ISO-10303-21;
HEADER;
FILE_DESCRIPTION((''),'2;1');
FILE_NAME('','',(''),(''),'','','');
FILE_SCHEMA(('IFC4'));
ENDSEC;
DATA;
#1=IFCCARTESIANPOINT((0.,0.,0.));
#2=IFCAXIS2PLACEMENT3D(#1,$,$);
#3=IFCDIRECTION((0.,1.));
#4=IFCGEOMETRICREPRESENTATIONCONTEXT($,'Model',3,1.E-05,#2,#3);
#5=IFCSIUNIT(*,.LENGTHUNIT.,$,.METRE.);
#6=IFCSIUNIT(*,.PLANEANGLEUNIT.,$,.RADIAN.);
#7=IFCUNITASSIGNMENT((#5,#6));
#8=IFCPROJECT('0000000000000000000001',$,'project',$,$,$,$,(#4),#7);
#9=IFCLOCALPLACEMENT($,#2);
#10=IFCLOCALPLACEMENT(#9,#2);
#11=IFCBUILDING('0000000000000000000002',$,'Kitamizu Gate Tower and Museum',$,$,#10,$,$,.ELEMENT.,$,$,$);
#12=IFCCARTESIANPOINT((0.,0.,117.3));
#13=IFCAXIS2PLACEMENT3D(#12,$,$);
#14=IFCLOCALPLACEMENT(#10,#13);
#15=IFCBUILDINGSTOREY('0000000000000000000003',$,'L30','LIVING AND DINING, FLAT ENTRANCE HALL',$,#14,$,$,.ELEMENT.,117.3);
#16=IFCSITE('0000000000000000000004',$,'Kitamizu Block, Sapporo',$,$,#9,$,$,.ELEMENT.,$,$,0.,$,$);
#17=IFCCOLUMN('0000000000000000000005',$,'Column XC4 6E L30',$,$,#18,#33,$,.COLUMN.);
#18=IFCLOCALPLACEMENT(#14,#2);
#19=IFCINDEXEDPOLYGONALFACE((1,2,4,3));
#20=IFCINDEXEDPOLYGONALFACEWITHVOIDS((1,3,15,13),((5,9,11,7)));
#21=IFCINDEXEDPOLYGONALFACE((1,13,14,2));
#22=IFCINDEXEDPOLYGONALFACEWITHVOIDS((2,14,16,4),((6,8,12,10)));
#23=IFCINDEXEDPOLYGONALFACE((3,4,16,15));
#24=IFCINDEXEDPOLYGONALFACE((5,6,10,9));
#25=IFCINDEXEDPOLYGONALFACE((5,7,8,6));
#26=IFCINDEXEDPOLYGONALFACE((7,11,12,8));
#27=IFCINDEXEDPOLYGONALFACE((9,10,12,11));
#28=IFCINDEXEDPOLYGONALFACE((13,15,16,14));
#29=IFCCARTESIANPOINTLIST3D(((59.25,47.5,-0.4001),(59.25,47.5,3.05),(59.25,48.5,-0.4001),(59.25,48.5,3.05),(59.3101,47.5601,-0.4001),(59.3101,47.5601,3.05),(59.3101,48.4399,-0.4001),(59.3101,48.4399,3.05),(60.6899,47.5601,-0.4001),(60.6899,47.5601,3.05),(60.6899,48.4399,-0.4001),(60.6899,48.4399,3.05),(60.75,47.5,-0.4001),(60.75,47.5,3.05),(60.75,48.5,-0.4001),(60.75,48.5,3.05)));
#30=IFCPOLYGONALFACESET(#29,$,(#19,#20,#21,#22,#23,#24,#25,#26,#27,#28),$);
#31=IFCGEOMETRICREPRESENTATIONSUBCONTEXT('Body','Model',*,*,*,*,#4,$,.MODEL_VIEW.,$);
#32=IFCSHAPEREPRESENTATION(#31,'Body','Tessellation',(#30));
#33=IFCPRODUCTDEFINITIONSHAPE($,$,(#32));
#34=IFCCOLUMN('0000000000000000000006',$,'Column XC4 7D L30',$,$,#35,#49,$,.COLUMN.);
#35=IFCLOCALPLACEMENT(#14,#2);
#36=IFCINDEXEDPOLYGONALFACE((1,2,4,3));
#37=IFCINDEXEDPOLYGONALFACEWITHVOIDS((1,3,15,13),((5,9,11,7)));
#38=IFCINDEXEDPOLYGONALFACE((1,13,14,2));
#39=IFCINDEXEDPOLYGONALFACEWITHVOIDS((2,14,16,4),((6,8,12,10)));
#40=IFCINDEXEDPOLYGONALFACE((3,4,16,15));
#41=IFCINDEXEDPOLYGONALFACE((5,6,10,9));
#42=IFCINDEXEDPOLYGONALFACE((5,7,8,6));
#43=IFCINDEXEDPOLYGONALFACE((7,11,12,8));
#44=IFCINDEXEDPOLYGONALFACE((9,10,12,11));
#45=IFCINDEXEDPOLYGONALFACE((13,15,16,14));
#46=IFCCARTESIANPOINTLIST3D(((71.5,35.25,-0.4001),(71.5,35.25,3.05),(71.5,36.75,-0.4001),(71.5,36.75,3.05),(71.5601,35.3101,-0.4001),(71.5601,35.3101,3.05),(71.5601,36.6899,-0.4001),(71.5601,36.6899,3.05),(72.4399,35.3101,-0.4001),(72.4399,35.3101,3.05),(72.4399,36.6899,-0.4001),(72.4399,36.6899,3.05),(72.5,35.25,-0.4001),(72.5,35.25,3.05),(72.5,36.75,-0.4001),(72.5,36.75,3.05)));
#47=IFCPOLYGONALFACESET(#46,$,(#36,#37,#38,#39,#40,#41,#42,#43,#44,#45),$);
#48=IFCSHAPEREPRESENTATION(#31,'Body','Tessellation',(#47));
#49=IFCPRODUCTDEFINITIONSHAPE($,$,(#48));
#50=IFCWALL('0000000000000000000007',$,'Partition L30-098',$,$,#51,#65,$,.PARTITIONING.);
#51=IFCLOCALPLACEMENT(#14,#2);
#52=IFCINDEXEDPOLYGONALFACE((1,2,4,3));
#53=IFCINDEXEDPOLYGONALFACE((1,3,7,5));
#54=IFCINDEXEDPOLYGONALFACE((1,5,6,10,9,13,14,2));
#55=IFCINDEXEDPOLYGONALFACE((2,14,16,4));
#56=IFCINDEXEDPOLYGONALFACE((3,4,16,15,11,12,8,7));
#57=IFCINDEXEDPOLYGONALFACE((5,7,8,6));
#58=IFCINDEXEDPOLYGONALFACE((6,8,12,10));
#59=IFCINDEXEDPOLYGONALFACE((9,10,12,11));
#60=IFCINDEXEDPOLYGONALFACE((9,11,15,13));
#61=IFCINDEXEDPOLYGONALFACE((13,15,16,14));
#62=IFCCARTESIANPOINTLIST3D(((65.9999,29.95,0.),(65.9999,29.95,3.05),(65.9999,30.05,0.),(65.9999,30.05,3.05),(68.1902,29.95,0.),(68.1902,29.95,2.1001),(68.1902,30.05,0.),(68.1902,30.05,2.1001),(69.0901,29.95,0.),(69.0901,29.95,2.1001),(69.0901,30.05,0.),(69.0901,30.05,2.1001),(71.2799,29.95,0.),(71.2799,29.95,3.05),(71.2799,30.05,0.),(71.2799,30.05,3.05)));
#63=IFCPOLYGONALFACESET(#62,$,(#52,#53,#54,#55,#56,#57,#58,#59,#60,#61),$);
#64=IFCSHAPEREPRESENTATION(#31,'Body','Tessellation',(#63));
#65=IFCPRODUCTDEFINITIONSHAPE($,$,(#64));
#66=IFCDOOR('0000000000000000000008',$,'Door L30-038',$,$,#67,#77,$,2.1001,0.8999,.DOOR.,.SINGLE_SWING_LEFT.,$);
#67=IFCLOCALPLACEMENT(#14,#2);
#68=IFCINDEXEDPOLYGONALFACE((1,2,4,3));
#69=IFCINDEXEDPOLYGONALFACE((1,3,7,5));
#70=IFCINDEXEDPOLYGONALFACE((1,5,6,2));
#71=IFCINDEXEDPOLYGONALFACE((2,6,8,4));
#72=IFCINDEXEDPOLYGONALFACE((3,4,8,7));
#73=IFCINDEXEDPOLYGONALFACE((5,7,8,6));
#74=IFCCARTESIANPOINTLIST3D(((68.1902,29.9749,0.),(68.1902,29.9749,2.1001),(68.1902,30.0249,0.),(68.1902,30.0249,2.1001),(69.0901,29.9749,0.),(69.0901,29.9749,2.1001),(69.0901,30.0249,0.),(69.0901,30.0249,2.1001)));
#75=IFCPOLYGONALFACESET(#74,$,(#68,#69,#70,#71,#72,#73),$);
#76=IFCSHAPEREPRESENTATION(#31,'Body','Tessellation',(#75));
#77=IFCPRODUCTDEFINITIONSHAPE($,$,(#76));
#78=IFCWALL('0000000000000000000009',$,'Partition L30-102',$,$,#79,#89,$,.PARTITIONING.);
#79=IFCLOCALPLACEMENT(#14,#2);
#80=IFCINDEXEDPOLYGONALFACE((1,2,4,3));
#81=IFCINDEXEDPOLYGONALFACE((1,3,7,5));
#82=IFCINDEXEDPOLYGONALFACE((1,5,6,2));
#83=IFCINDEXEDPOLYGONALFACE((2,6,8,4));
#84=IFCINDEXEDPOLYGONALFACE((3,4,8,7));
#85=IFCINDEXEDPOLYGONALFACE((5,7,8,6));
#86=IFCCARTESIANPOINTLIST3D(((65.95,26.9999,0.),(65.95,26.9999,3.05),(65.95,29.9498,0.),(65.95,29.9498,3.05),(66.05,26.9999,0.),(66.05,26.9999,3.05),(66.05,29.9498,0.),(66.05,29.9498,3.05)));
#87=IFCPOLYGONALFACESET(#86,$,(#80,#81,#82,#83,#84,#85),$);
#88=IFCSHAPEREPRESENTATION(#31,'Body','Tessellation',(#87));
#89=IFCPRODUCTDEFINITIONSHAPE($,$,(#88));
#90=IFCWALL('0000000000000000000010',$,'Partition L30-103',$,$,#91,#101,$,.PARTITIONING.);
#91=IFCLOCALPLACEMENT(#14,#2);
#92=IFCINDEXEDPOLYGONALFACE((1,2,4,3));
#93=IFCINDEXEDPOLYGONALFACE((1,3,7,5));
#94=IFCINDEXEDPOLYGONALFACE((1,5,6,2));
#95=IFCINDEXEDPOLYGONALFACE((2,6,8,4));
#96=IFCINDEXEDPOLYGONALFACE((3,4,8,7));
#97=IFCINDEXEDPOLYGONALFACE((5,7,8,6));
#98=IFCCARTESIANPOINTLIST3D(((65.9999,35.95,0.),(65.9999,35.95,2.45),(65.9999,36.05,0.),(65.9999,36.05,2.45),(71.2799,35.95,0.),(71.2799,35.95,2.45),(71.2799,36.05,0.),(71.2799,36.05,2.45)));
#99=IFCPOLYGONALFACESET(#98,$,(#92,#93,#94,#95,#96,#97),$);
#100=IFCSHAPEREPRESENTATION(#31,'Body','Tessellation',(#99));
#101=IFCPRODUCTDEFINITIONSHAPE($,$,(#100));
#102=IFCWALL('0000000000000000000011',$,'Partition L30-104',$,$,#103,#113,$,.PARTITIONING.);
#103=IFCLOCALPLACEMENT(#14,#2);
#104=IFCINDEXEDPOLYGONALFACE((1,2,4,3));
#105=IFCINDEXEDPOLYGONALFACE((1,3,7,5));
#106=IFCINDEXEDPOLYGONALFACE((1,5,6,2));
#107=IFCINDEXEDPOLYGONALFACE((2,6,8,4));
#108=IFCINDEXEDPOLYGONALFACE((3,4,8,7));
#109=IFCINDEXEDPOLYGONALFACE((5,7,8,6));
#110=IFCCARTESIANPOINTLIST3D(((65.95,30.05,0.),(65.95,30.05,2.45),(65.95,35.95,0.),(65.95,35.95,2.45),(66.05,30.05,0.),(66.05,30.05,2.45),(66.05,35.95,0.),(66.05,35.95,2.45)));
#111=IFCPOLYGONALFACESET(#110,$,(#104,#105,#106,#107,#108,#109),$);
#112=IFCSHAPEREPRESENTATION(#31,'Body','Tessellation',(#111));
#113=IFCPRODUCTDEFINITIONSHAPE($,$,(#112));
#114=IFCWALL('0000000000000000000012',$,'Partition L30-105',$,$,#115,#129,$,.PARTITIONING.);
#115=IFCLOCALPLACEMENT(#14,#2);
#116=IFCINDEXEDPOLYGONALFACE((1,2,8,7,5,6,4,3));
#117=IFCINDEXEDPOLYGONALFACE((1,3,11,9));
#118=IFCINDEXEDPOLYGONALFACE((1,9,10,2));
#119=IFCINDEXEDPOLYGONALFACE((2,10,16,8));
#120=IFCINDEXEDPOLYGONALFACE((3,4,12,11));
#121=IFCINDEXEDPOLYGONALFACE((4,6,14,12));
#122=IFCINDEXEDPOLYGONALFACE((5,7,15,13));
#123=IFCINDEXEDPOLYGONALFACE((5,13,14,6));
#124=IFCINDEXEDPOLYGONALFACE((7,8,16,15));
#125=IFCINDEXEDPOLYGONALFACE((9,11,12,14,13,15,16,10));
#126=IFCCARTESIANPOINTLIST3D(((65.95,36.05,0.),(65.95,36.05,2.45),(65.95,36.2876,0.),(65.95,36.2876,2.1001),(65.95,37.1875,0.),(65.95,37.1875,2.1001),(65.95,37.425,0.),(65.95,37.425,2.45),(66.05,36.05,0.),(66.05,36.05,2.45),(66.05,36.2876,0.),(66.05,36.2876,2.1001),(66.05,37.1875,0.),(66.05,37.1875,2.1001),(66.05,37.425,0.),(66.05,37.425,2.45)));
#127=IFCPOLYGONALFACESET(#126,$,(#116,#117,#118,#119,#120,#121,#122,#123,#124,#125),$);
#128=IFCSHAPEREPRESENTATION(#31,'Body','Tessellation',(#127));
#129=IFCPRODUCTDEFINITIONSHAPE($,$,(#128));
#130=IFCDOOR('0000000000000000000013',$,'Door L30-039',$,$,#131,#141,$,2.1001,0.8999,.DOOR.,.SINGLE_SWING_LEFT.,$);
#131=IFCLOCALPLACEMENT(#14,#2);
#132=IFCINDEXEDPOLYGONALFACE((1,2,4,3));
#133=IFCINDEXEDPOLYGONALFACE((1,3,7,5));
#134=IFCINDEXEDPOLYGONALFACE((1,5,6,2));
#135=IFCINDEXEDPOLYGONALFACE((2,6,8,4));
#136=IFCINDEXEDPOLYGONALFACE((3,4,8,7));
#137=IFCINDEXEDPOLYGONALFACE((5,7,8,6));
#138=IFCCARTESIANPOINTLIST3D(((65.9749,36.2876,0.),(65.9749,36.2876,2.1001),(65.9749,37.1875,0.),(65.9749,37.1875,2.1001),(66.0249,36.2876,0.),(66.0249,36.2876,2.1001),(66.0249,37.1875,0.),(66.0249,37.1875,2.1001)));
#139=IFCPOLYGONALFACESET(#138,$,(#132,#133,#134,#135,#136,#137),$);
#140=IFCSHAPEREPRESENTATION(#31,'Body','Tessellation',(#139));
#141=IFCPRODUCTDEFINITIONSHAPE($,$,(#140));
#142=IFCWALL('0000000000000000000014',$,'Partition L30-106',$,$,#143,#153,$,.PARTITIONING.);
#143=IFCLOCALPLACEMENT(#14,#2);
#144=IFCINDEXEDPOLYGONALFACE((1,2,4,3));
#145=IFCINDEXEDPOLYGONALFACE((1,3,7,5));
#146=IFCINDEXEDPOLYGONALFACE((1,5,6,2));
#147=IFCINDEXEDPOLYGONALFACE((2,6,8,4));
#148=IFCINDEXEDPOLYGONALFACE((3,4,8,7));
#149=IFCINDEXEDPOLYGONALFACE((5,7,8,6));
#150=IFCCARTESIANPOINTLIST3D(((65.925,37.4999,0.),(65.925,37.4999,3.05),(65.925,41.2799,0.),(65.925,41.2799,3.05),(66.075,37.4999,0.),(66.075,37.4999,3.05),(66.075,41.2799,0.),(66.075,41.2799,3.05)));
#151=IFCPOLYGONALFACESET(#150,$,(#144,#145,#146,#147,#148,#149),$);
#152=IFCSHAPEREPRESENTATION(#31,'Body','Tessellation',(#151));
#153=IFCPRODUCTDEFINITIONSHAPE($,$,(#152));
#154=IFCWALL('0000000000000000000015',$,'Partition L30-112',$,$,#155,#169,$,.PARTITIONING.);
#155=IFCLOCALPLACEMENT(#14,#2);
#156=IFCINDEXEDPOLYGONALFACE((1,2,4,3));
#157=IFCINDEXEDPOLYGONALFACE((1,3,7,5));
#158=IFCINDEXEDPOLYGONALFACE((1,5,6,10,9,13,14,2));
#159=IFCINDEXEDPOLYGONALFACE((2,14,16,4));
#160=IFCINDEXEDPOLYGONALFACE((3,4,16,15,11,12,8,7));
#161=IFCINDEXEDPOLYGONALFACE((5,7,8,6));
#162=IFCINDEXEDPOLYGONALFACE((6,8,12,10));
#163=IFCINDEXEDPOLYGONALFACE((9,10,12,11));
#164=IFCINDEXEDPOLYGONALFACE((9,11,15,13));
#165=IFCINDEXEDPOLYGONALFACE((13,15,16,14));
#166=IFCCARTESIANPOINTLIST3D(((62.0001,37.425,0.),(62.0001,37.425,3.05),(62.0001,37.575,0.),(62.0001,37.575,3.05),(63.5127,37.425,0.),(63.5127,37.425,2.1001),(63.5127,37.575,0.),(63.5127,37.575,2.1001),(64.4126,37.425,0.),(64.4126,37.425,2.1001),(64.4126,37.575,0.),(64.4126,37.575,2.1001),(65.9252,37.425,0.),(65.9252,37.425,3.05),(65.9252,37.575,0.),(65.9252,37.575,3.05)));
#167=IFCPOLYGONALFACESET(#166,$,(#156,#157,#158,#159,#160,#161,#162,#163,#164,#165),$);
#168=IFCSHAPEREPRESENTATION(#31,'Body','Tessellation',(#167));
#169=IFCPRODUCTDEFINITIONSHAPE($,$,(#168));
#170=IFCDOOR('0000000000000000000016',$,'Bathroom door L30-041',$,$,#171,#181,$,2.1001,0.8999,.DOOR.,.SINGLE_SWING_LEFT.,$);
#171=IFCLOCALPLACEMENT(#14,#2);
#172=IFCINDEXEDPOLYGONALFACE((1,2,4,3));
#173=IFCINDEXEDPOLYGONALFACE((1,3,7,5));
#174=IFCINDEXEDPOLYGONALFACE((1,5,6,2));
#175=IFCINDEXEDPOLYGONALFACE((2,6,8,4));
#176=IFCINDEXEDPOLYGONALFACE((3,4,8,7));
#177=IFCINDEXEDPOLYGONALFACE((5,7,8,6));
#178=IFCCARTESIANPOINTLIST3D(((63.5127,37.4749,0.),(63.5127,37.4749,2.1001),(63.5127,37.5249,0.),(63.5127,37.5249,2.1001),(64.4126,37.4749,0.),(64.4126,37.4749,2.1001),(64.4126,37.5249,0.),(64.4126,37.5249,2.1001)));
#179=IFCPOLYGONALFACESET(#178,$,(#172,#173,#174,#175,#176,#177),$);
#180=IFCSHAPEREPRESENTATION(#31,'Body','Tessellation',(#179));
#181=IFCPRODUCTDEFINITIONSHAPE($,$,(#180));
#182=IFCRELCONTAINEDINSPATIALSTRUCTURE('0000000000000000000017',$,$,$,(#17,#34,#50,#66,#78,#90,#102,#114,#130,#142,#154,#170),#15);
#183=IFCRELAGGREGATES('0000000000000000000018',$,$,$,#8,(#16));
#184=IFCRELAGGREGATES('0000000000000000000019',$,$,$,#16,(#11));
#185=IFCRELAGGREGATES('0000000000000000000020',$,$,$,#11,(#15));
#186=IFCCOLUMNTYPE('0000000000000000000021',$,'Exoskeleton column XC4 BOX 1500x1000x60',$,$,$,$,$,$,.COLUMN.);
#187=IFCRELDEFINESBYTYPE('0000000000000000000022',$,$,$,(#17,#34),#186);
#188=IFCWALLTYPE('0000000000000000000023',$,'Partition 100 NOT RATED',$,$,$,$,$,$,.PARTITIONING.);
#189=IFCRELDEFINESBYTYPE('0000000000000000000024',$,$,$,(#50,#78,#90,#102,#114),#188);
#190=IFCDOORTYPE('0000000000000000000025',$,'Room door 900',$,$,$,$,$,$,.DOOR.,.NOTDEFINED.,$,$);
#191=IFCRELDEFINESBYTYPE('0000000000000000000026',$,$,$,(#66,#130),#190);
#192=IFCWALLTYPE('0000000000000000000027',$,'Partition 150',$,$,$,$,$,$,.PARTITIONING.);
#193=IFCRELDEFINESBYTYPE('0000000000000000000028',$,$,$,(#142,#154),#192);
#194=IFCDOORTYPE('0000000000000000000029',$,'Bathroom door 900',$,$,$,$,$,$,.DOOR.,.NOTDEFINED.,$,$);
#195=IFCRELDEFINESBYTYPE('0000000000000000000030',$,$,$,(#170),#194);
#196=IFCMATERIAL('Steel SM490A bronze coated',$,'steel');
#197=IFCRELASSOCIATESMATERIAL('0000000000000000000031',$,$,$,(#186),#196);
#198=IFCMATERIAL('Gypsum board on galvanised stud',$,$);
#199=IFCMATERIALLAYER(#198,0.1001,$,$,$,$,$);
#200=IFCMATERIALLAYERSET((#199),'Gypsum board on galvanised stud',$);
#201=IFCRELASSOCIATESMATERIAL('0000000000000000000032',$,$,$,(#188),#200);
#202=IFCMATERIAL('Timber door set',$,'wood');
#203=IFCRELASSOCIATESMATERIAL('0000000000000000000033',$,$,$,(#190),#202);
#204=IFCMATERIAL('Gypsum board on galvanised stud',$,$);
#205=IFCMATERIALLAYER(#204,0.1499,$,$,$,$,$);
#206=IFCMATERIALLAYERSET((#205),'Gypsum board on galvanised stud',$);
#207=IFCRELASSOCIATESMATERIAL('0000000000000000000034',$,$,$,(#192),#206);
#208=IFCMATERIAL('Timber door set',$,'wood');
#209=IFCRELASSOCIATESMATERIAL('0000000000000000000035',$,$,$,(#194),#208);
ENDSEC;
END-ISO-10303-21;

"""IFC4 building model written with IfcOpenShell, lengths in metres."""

from ifc_helpers import new_model, si_unit, direction, frame, frame_2d, origin, origin_2d, place, context, subcontext, project, spatial, rectangle, hollow_rectangle, extrude, material, layer, layer_set, material_profile, profile_set, type_object, element, fill, save


model = new_model("IFC4")

# Units and contexts
model_context = context("Model", 3, precision=1e-05, world=origin(), true_north=direction((0.0, 1.0)))
body_context = subcontext(model_context, "Body", "Model", "MODEL_VIEW")
ifc_project = project(units=[si_unit("LENGTHUNIT", "METRE"), si_unit("PLANEANGLEUNIT", "RADIAN")], contexts=[model_context])

# Site, building, storey
site_placement = place(None, origin())
site = spatial("IfcSite", under=ifc_project, at=site_placement, Name="Kitamizu Block, Sapporo", CompositionType="ELEMENT", RefElevation=0.0)
building_placement = place(site_placement, origin())
building = spatial("IfcBuilding", under=site, at=building_placement, Name="Kitamizu Gate Tower and Museum", CompositionType="ELEMENT")
storey_placement = place(building_placement, frame((0.0, 0.0, 117.3)))
storey = spatial("IfcBuildingStorey", under=building, at=storey_placement, Name="L30", Description="LIVING AND DINING, FLAT ENTRANCE HALL", CompositionType="ELEMENT", Elevation=117.3)

# Columns
ifc_material_1 = material(Name="Steel SM490A bronze coated", Category="steel")
ifc_material_profile = material_profile(ifc_material_1, hollow_rectangle(XDim=1.5, YDim=1.0, WallThickness=0.0601, at=origin_2d()), Name="BOX 1500x1000x60")
ifc_profile_set = profile_set([ifc_material_profile], Name="Steel SM490A bronze coated")
column_type = type_object("IfcColumnType", Name="Exoskeleton column XC4 BOX 1500x1000x60", PredefinedType="COLUMN", material=ifc_profile_set)
for number, where, z_axis, x_axis, name in (
    (1, (60.0, 48.0, -0.4001), (0.0, 0.0, 1.0), (1.0, 0.0, 0.0), "Column XC4 6E L30"),
    (2, (72.0, 36.0, -0.4001), (0.0, 0.0, 1.0), (0.0, 1.0, 0.0), "Column XC4 7D L30"),
):
    element("IfcColumn", number, at=place(storey_placement, frame(where, z_axis=z_axis, x_axis=x_axis)), inside=storey, type_object=column_type, Name=name, PredefinedType="COLUMN", context=body_context, shape_type="SweptSolid", body=[
        extrude(hollow_rectangle(XDim=1.5, YDim=1.0, WallThickness=0.0601, at=origin_2d()), origin(), (0.0, 0.0, 1.0), 3.4502),
    ])

# Wall, opening, door
ifc_material_2 = material(Name="Gypsum board on galvanised stud")
ifc_layer_1 = layer(ifc_material_2, 0.1001)
ifc_layer_set_1 = layer_set([ifc_layer_1], Name="Gypsum board on galvanised stud")
wall_type_1 = type_object("IfcWallType", Name="Partition 100 NOT RATED", PredefinedType="PARTITIONING", material=ifc_layer_set_1)
wall_1_placement = place(storey_placement, frame((71.28, 30.0, 0.0), z_axis=(0.0, 0.0, 1.0), x_axis=(-1.0, 0.0, 0.0)))
wall_1 = element("IfcWall", 3, at=wall_1_placement, inside=storey, type_object=wall_type_1, Name="Partition L30-098", PredefinedType="PARTITIONING", context=body_context, shape_type="SweptSolid", body=[
    extrude(rectangle(XDim=5.28, YDim=0.1001, at=frame_2d((2.6401, 0.0))), origin(), (0.0, 0.0, 1.0), 3.05),
])
opening_1_placement = place(wall_1_placement, frame((2.1899, 0.0, 0.0)))
opening_1 = element("IfcOpeningElement", 4, at=opening_1_placement, cuts=wall_1, PredefinedType="OPENING", context=body_context, shape_type="SweptSolid", body=[
    extrude(rectangle(XDim=0.8999, YDim=2.1001, at=frame_2d((0.45, 1.05))), frame((0.0, 0.0601, 0.0), z_axis=(0.0, -1.0, 0.0), x_axis=(1.0, 0.0, 0.0)), (0.0, 0.0, 1.0), 0.1201),
])
ifc_material_3 = material(Name="Timber door set", Category="wood")
door_type_1 = type_object("IfcDoorType", Name="Room door 900", OperationType="NOTDEFINED", PredefinedType="DOOR", material=ifc_material_3)
door_1_placement = place(opening_1_placement, frame((0.8999, 0.0, 0.0), x_axis=(-1.0, 0.0, 0.0)))
door_1 = element("IfcDoor", 5, at=door_1_placement, inside=storey, type_object=door_type_1, Name="Door L30-038", OperationType="SINGLE_SWING_LEFT", OverallHeight=2.1001, OverallWidth=0.8999, PredefinedType="DOOR", context=body_context, shape_type="SweptSolid", body=[
    extrude(rectangle(XDim=0.8999, YDim=2.1001, at=frame_2d((0.45, 1.05))), frame((0.0, 0.0249, 0.0), z_axis=(0.0, -1.0, 0.0), x_axis=(1.0, 0.0, 0.0)), (0.0, 0.0, 1.0), 0.05),
])
fill(opening_1, door_1)

# Walls
wall_2_placement = place(storey_placement, frame((66.0, 29.95, 0.0), z_axis=(0.0, 0.0, 1.0), x_axis=(0.0, -1.0, 0.0)))
element("IfcWall", 6, at=wall_2_placement, inside=storey, type_object=wall_type_1, Name="Partition L30-102", PredefinedType="PARTITIONING", context=body_context, shape_type="SweptSolid", body=[
    extrude(rectangle(XDim=2.95, YDim=0.1001, at=frame_2d((1.4751, 0.0))), origin(), (0.0, 0.0, 1.0), 3.05),
])
wall_3_placement = place(storey_placement, frame((71.28, 36.0, 0.0), z_axis=(0.0, 0.0, 1.0), x_axis=(-1.0, 0.0, 0.0)))
element("IfcWall", 7, at=wall_3_placement, inside=storey, type_object=wall_type_1, Name="Partition L30-103", PredefinedType="PARTITIONING", context=body_context, shape_type="SweptSolid", body=[
    extrude(rectangle(XDim=5.28, YDim=0.1001, at=frame_2d((2.6401, 0.0))), origin(), (0.0, 0.0, 1.0), 2.45),
])
wall_4_placement = place(storey_placement, frame((66.0, 35.95, 0.0), z_axis=(0.0, 0.0, 1.0), x_axis=(0.0, -1.0, 0.0)))
element("IfcWall", 8, at=wall_4_placement, inside=storey, type_object=wall_type_1, Name="Partition L30-104", PredefinedType="PARTITIONING", context=body_context, shape_type="SweptSolid", body=[
    extrude(rectangle(XDim=5.8999, YDim=0.1001, at=frame_2d((2.95, 0.0))), origin(), (0.0, 0.0, 1.0), 2.45),
])

# Wall, opening, door
wall_5_placement = place(storey_placement, frame((66.0, 37.425, 0.0), z_axis=(0.0, 0.0, 1.0), x_axis=(0.0, -1.0, 0.0)))
wall_5 = element("IfcWall", 9, at=wall_5_placement, inside=storey, type_object=wall_type_1, Name="Partition L30-105", PredefinedType="PARTITIONING", context=body_context, shape_type="SweptSolid", body=[
    extrude(rectangle(XDim=1.375, YDim=0.1001, at=frame_2d((0.6875, 0.0))), origin(), (0.0, 0.0, 1.0), 2.45),
])
opening_2_placement = place(wall_5_placement, frame((0.2375, 0.0, 0.0)))
opening_2 = element("IfcOpeningElement", 10, at=opening_2_placement, cuts=wall_5, PredefinedType="OPENING", context=body_context, shape_type="SweptSolid", body=[
    extrude(rectangle(XDim=0.8999, YDim=2.1001, at=frame_2d((0.45, 1.05))), frame((0.0, 0.0601, 0.0), z_axis=(0.0, -1.0, 0.0), x_axis=(1.0, 0.0, 0.0)), (0.0, 0.0, 1.0), 0.1201),
])
door_2_placement = place(opening_2_placement, origin())
door_2 = element("IfcDoor", 11, at=door_2_placement, inside=storey, type_object=door_type_1, Name="Door L30-039", OperationType="SINGLE_SWING_LEFT", OverallHeight=2.1001, OverallWidth=0.8999, PredefinedType="DOOR", context=body_context, shape_type="SweptSolid", body=[
    extrude(rectangle(XDim=0.8999, YDim=2.1001, at=frame_2d((0.45, 1.05))), frame((0.0, 0.0249, 0.0), z_axis=(0.0, -1.0, 0.0), x_axis=(1.0, 0.0, 0.0)), (0.0, 0.0, 1.0), 0.05),
])
fill(opening_2, door_2)

# Wall
ifc_material_4 = material(Name="Gypsum board on galvanised stud")
ifc_layer_2 = layer(ifc_material_4, 0.1499)
ifc_layer_set_2 = layer_set([ifc_layer_2], Name="Gypsum board on galvanised stud")
wall_type_2 = type_object("IfcWallType", Name="Partition 150", PredefinedType="PARTITIONING", material=ifc_layer_set_2)
wall_6_placement = place(storey_placement, frame((66.0, 41.28, 0.0), z_axis=(0.0, 0.0, 1.0), x_axis=(0.0, -1.0, 0.0)))
element("IfcWall", 12, at=wall_6_placement, inside=storey, type_object=wall_type_2, Name="Partition L30-106", PredefinedType="PARTITIONING", context=body_context, shape_type="SweptSolid", body=[
    extrude(rectangle(XDim=3.78, YDim=0.1499, at=frame_2d((1.8901, 0.0))), origin(), (0.0, 0.0, 1.0), 3.05),
])

# Wall, opening, door
wall_7_placement = place(storey_placement, frame((65.925, 37.5, 0.0), z_axis=(0.0, 0.0, 1.0), x_axis=(-1.0, 0.0, 0.0)))
wall_7 = element("IfcWall", 13, at=wall_7_placement, inside=storey, type_object=wall_type_2, Name="Partition L30-112", PredefinedType="PARTITIONING", context=body_context, shape_type="SweptSolid", body=[
    extrude(rectangle(XDim=3.925, YDim=0.1499, at=frame_2d((1.9624, 0.0))), origin(), (0.0, 0.0, 1.0), 3.05),
])
opening_3_placement = place(wall_7_placement, frame((1.5125, 0.0, 0.0)))
opening_3 = element("IfcOpeningElement", 14, at=opening_3_placement, cuts=wall_7, PredefinedType="OPENING", context=body_context, shape_type="SweptSolid", body=[
    extrude(rectangle(XDim=0.8999, YDim=2.1001, at=frame_2d((0.45, 1.05))), frame((0.0, 0.085, 0.0), z_axis=(0.0, -1.0, 0.0), x_axis=(1.0, 0.0, 0.0)), (0.0, 0.0, 1.0), 0.1699),
])
ifc_material_5 = material(Name="Timber door set", Category="wood")
door_type_2 = type_object("IfcDoorType", Name="Bathroom door 900", OperationType="NOTDEFINED", PredefinedType="DOOR", material=ifc_material_5)
door_3_placement = place(opening_3_placement, frame((0.8999, 0.0, 0.0), x_axis=(-1.0, 0.0, 0.0)))
door_3 = element("IfcDoor", 15, at=door_3_placement, inside=storey, type_object=door_type_2, Name="Bathroom door L30-041", OperationType="SINGLE_SWING_LEFT", OverallHeight=2.1001, OverallWidth=0.8999, PredefinedType="DOOR", context=body_context, shape_type="SweptSolid", body=[
    extrude(rectangle(XDim=0.8999, YDim=2.1001, at=frame_2d((0.45, 1.05))), frame((0.0, 0.0249, 0.0), z_axis=(0.0, -1.0, 0.0), x_axis=(1.0, 0.0, 0.0)), (0.0, 0.0, 1.0), 0.05),
])
fill(opening_3, door_3)

save(model, "model.ifc")
